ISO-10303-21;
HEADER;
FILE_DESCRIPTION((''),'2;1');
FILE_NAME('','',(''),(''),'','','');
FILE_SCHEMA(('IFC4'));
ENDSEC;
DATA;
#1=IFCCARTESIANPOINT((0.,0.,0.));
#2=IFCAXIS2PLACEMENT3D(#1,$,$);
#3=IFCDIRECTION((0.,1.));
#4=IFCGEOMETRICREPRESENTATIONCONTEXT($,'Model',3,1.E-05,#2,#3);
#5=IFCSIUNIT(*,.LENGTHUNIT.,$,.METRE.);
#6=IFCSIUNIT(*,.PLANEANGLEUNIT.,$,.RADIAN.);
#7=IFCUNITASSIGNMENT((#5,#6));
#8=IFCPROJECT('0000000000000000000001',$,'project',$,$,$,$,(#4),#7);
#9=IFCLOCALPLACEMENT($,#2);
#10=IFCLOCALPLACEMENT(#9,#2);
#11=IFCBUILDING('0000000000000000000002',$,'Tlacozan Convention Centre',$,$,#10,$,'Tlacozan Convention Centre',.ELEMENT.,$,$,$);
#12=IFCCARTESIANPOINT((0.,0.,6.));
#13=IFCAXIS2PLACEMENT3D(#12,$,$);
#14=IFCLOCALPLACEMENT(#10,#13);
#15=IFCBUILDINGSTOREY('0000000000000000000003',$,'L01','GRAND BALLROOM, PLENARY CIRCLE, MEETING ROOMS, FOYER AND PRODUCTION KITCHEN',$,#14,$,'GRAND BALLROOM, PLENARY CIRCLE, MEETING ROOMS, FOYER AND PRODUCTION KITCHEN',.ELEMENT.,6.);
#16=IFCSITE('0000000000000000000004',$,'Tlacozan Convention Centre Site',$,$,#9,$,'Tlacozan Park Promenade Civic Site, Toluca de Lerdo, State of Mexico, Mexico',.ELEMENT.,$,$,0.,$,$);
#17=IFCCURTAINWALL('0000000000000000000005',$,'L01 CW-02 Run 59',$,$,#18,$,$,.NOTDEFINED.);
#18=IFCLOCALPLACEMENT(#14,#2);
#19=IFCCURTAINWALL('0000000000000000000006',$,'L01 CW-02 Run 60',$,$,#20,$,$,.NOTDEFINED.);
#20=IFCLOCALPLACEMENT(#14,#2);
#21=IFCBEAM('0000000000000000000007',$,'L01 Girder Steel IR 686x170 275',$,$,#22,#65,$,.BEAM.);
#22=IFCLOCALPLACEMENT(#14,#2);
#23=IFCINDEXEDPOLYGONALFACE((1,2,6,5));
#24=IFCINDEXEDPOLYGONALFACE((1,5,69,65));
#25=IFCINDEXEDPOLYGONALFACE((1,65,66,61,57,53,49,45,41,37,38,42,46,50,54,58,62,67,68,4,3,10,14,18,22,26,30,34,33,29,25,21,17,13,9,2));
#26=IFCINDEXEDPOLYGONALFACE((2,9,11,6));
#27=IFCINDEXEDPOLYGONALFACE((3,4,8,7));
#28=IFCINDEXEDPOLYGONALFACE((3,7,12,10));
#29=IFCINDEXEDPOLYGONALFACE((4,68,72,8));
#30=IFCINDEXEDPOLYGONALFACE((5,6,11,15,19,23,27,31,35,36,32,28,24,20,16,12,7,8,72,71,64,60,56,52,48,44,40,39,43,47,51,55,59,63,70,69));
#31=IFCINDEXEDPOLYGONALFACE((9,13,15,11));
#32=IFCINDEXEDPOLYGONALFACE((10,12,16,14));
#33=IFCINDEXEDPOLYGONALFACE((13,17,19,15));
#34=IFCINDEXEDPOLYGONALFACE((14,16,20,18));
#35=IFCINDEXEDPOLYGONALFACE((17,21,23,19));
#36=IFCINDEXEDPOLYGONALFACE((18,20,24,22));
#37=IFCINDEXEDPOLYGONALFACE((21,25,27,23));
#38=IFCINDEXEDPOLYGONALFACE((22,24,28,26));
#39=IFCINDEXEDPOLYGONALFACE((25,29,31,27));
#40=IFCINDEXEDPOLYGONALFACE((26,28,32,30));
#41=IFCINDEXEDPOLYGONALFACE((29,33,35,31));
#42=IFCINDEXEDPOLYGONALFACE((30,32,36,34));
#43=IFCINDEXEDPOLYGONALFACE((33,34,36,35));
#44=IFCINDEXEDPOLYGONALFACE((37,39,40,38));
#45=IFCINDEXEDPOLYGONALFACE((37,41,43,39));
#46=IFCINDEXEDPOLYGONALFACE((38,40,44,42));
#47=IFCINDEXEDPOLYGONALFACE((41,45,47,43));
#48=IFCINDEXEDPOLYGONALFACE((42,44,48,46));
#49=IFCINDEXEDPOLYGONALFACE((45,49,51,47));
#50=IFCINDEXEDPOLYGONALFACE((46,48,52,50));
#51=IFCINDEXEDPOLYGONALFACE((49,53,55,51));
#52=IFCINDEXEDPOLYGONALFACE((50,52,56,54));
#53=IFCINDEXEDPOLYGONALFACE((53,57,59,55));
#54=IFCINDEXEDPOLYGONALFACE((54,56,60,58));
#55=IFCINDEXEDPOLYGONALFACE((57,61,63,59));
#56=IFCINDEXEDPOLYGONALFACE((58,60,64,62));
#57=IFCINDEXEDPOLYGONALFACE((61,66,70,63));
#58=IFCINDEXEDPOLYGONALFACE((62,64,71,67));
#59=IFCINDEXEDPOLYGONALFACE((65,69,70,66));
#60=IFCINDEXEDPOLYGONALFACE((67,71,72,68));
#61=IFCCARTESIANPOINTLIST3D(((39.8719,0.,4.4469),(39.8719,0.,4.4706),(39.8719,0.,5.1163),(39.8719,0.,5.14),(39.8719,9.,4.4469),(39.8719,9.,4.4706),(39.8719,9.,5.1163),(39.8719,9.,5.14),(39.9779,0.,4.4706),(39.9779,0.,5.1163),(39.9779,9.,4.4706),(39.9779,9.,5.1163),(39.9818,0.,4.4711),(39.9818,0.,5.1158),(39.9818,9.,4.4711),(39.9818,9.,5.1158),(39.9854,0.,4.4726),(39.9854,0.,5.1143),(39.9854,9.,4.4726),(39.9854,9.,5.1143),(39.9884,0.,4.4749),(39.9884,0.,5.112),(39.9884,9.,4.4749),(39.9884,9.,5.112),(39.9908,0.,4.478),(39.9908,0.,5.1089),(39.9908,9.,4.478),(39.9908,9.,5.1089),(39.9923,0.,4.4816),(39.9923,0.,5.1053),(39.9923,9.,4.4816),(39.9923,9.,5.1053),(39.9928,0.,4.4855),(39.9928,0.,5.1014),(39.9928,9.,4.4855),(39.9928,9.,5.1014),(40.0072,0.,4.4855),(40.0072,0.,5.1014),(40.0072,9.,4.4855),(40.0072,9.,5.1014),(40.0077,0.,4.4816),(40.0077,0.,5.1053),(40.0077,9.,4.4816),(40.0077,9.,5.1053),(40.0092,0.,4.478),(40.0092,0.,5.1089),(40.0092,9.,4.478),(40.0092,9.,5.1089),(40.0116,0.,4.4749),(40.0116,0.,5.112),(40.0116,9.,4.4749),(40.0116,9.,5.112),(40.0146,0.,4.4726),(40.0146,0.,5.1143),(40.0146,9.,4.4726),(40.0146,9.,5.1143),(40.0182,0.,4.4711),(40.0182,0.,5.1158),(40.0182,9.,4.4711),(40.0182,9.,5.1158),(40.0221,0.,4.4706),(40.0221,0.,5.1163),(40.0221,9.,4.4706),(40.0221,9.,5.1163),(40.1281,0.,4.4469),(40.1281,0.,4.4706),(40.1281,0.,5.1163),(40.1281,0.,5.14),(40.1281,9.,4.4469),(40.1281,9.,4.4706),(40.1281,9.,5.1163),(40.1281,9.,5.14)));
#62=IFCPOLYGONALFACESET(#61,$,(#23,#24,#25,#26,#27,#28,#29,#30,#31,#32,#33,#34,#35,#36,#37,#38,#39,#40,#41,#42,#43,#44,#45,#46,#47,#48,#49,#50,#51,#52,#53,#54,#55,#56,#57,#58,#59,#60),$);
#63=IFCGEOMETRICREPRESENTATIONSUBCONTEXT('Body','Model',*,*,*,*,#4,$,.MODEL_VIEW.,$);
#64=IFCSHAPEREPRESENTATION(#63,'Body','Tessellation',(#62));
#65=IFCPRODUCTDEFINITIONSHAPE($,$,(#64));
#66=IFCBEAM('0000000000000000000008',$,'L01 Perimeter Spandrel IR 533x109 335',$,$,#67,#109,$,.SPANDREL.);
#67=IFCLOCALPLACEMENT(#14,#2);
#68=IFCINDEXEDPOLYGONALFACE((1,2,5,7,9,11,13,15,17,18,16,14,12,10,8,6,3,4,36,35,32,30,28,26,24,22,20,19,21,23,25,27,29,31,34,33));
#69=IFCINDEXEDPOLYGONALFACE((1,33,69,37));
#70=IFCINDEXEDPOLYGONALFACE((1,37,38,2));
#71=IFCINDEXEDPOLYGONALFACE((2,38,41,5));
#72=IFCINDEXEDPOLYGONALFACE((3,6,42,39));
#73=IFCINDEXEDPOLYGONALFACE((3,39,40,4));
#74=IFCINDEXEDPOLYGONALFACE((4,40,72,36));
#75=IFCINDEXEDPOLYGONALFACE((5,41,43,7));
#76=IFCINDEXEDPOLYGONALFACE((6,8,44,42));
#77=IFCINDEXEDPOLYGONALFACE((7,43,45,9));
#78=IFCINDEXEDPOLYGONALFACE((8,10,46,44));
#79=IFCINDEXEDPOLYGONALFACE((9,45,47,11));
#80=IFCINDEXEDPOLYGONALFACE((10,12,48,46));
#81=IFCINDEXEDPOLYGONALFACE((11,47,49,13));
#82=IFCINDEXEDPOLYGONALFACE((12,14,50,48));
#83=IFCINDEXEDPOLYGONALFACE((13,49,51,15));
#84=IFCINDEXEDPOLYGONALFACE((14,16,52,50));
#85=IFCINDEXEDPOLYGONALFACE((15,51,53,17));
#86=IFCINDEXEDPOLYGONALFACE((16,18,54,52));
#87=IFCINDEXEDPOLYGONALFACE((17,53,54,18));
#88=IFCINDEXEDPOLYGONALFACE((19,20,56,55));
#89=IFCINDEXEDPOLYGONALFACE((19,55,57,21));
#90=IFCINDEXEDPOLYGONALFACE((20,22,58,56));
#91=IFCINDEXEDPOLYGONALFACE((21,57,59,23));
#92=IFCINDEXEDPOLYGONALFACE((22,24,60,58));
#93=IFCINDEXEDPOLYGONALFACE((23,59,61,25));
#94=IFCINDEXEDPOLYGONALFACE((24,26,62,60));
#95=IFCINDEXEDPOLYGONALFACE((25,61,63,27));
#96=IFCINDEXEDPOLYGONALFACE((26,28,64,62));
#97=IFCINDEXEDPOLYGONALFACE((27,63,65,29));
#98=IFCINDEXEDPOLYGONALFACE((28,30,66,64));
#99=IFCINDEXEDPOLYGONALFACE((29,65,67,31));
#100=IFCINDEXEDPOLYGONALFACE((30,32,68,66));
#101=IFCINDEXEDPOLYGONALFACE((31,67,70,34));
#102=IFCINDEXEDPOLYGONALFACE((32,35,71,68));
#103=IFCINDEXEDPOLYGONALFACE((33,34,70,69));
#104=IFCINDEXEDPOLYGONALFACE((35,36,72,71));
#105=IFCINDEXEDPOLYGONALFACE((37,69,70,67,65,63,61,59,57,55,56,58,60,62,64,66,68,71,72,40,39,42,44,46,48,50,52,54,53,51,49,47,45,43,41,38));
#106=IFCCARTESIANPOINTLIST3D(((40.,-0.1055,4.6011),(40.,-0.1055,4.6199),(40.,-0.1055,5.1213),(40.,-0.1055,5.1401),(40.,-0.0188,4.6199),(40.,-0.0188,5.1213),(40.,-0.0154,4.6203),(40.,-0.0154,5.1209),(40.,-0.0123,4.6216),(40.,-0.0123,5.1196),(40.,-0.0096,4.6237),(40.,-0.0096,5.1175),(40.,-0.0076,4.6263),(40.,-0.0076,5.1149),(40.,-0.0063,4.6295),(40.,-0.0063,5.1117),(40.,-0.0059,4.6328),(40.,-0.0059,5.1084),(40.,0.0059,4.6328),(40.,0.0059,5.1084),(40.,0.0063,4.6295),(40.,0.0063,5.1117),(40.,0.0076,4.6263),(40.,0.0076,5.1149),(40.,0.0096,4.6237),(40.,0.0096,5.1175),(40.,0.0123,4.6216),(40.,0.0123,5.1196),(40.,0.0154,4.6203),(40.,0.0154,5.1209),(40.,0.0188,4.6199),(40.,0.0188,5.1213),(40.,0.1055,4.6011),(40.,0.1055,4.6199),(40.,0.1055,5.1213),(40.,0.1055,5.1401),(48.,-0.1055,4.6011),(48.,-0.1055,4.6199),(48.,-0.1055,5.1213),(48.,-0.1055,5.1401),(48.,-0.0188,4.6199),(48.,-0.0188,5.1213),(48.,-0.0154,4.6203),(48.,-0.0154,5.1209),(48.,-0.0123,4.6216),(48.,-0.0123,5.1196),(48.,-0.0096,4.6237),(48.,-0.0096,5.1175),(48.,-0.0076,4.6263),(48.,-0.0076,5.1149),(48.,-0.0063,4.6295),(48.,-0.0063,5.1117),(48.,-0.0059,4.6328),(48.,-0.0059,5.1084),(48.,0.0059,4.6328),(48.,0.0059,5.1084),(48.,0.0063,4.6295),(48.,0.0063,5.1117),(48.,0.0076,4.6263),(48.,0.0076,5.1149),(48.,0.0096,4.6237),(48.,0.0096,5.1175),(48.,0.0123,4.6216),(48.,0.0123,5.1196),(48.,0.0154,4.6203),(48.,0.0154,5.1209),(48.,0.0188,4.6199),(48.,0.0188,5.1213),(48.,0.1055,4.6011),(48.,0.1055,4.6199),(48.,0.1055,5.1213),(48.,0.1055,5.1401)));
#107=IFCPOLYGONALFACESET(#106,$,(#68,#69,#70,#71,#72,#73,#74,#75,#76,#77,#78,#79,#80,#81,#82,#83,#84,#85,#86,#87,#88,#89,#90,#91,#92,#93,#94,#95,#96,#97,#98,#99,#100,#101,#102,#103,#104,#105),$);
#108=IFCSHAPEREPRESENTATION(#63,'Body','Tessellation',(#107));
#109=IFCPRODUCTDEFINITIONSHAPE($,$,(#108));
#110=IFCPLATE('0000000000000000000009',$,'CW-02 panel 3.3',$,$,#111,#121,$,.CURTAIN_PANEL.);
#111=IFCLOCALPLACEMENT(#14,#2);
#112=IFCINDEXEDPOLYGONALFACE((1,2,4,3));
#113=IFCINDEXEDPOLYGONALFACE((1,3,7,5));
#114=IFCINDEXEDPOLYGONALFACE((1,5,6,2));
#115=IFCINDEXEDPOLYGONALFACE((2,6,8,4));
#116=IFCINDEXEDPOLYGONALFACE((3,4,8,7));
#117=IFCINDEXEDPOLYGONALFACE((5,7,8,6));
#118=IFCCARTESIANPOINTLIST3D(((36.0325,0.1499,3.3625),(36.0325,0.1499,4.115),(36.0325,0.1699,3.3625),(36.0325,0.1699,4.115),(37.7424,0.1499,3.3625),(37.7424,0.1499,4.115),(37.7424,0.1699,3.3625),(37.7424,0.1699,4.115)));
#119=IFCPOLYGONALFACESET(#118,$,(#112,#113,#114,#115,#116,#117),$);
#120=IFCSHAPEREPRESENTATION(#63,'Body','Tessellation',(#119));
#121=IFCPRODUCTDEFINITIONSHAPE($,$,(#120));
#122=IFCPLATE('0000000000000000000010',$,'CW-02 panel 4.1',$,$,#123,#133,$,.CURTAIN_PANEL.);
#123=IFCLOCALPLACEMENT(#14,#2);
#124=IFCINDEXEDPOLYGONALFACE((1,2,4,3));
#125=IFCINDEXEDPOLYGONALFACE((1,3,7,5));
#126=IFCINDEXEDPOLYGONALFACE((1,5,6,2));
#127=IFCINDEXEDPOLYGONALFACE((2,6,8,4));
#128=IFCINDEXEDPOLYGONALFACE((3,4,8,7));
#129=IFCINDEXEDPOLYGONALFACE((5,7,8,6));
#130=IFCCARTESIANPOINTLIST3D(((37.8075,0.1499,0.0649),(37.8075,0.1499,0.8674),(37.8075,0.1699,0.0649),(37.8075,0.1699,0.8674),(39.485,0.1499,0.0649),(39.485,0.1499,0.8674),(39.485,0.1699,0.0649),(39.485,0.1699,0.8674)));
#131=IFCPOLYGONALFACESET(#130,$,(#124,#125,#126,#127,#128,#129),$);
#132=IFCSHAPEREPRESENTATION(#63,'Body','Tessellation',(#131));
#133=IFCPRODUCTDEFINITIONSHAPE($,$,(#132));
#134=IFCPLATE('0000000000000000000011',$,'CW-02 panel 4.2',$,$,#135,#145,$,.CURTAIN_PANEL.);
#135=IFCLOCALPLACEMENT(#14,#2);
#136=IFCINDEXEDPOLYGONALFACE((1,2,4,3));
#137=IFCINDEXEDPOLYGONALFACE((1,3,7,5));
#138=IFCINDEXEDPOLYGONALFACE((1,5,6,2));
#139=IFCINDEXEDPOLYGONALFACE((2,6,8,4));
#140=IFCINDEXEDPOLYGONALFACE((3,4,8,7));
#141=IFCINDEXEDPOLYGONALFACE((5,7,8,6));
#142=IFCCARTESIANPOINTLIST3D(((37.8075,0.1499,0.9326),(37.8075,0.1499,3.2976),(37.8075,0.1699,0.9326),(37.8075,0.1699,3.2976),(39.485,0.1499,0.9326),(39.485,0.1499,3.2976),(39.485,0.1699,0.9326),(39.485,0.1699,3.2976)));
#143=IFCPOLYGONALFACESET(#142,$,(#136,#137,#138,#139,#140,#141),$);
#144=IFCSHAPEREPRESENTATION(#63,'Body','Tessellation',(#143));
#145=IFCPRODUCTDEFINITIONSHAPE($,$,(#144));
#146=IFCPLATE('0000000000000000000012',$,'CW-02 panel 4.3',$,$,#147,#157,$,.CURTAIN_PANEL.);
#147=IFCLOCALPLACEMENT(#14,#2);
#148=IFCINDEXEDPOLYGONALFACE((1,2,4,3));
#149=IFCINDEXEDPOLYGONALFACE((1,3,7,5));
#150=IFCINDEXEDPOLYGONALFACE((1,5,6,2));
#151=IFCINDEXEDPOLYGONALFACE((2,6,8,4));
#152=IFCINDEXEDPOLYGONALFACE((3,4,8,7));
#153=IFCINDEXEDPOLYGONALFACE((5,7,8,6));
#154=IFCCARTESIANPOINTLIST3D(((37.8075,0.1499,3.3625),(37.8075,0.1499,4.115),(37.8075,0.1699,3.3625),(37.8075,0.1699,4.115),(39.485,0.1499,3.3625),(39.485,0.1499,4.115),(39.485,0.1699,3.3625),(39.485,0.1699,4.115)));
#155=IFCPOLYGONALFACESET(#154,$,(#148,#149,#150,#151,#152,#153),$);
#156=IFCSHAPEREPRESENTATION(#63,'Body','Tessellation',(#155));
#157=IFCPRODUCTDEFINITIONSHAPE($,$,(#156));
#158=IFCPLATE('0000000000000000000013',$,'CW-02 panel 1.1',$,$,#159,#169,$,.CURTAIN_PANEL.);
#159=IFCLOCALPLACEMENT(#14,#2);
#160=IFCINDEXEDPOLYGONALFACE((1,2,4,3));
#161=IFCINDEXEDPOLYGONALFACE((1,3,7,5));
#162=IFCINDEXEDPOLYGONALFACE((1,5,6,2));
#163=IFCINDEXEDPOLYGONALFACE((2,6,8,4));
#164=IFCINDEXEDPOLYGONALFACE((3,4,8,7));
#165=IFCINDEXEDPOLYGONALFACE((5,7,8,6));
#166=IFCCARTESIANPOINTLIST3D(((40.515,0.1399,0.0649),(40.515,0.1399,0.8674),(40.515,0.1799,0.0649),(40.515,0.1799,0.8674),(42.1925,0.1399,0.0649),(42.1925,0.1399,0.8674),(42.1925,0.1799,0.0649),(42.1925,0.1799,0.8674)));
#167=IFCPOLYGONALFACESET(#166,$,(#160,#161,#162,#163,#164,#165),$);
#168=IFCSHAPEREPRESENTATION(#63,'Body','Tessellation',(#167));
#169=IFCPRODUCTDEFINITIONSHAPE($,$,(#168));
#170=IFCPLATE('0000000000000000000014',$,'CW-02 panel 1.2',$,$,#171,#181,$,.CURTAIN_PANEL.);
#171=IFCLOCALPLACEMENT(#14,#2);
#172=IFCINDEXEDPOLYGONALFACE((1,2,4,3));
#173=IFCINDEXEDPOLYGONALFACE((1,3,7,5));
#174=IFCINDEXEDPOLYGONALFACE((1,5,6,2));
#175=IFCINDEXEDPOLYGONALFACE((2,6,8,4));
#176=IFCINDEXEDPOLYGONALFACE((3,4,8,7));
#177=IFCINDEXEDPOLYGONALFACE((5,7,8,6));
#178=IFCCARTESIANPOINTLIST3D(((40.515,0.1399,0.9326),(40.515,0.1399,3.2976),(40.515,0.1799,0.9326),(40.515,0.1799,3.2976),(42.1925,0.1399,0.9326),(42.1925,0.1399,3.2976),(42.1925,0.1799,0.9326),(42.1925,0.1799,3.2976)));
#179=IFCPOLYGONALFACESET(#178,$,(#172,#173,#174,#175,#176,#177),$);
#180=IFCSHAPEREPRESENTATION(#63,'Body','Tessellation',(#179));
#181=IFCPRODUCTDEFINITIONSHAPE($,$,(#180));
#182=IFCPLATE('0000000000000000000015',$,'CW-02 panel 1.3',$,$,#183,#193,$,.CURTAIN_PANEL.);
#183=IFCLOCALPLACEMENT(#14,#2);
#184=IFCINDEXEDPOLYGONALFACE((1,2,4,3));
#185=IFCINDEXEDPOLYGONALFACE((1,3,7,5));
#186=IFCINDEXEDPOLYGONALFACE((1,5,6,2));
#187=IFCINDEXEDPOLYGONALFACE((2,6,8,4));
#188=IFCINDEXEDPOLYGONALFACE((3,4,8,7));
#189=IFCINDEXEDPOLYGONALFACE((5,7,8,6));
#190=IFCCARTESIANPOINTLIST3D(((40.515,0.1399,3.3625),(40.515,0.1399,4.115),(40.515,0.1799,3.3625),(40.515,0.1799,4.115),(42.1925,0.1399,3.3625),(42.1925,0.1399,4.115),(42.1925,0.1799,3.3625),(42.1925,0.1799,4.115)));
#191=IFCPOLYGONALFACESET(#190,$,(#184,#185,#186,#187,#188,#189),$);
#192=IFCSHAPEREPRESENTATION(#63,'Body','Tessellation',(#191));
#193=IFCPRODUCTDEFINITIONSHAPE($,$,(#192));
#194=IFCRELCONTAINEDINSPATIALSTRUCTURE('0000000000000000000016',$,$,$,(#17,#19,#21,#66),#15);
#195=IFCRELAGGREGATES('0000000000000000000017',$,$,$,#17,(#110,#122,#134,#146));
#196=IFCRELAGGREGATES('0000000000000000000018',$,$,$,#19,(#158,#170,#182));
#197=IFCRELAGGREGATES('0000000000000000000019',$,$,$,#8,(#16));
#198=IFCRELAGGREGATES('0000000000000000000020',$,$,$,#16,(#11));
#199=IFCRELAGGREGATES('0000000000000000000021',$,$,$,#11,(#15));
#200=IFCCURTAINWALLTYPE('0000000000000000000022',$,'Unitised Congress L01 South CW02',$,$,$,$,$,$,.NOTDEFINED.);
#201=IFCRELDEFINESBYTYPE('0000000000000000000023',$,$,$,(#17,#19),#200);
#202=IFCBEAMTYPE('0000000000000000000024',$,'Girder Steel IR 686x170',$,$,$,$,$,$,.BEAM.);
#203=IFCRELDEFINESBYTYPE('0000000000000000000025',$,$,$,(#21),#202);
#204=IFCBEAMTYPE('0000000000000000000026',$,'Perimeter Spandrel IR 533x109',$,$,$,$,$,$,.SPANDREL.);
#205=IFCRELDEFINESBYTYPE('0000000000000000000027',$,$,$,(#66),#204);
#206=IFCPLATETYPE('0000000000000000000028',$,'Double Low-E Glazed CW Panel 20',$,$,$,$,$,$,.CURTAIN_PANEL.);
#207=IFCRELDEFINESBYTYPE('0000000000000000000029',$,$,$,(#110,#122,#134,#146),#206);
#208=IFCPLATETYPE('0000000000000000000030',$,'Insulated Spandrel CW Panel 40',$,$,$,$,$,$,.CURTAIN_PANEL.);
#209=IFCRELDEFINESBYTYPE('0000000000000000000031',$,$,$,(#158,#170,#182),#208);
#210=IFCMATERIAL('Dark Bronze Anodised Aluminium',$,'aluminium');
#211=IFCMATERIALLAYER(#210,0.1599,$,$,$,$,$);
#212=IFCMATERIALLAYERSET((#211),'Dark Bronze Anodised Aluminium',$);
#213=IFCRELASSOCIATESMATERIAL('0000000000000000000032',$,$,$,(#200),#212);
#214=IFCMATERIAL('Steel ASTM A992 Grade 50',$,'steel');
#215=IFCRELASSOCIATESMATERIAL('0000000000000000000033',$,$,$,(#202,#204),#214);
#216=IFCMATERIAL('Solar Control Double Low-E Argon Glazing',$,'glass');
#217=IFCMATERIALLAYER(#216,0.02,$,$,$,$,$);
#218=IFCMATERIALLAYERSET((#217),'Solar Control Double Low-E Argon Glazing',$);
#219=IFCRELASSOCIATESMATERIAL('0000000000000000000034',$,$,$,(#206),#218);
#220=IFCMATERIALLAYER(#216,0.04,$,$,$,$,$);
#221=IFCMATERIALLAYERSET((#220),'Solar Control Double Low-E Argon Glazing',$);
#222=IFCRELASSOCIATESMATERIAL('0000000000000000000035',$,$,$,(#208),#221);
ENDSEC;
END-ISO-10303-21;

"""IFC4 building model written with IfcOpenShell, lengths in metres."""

from ifc_helpers import new_model, si_unit, direction, frame, origin, origin_2d, place, context, subcontext, project, spatial, rectangle, i_section, extrude, material, layer, layer_set, material_profile, profile_set, type_object, element, aggregate, save


model = new_model("IFC4")

# Units and contexts
model_context = context("Model", 3, precision=1e-05, world=origin(), true_north=direction((0.0, 1.0)))
body_context = subcontext(model_context, "Body", "Model", "MODEL_VIEW")
ifc_project = project(units=[si_unit("LENGTHUNIT", "METRE"), si_unit("PLANEANGLEUNIT", "RADIAN")], contexts=[model_context])

# Site, building, storey
site_placement = place(None, origin())
site = spatial("IfcSite", under=ifc_project, at=site_placement, Name="Tlacozan Convention Centre Site", LongName="Tlacozan Park Promenade Civic Site, Toluca de Lerdo, State of Mexico, Mexico", CompositionType="ELEMENT", RefElevation=0.0)
building_placement = place(site_placement, origin())
building = spatial("IfcBuilding", under=site, at=building_placement, Name="Tlacozan Convention Centre", LongName="Tlacozan Convention Centre", CompositionType="ELEMENT")
storey_placement = place(building_placement, frame((0.0, 0.0, 6.0)))
storey = spatial("IfcBuildingStorey", under=building, at=storey_placement, Name="L01", Description="GRAND BALLROOM, PLENARY CIRCLE, MEETING ROOMS, FOYER AND PRODUCTION KITCHEN", LongName="GRAND BALLROOM, PLENARY CIRCLE, MEETING ROOMS, FOYER AND PRODUCTION KITCHEN", CompositionType="ELEMENT", Elevation=6.0)

# Curtain wall
ifc_material_1 = material(Name="Dark Bronze Anodised Aluminium", Category="aluminium")
ifc_layer_1 = layer(ifc_material_1, 0.1599)
ifc_layer_set_1 = layer_set([ifc_layer_1], Name="Dark Bronze Anodised Aluminium")
curtain_wall_type = type_object("IfcCurtainWallType", Name="Unitised Congress L01 South CW02", PredefinedType="NOTDEFINED", material=ifc_layer_set_1)
curtain_wall_1_placement = place(storey_placement, origin())
curtain_wall_1 = element("IfcCurtainWall", 1, at=curtain_wall_1_placement, inside=storey, type_object=curtain_wall_type, Name="L01 CW-02 Run 59", PredefinedType="NOTDEFINED")

# Curtain wall
curtain_wall_2_placement = place(storey_placement, origin())
curtain_wall_2 = element("IfcCurtainWall", 2, at=curtain_wall_2_placement, inside=storey, type_object=curtain_wall_type, Name="L01 CW-02 Run 60", PredefinedType="NOTDEFINED")

# Beams
ifc_material_2 = material(Name="Steel ASTM A992 Grade 50", Category="steel")
ifc_material_profile_1 = material_profile(ifc_material_2, i_section(OverallWidth=0.2561, OverallDepth=0.6931, WebThickness=0.0144, FlangeThickness=0.0237, FilletRadius=0.0149, at=origin_2d()), Name="IR 686x170.0")
ifc_profile_set_1 = profile_set([ifc_material_profile_1], Name="Steel ASTM A992 Grade 50")
beam_type_1 = type_object("IfcBeamType", Name="Girder Steel IR 686x170", PredefinedType="BEAM", material=ifc_profile_set_1)
beam_1_placement = place(storey_placement, frame((40.0, 0.0, 4.7935), z_axis=(0.0, 1.0, 0.0), x_axis=(-1.0, 0.0, 0.0)))
element("IfcBeam", 3, at=beam_1_placement, inside=storey, type_object=beam_type_1, Name="L01 Girder Steel IR 686x170 275", PredefinedType="BEAM", context=body_context, shape_type="SweptSolid", body=[
    extrude(i_section(OverallWidth=0.2561, OverallDepth=0.6931, WebThickness=0.0144, FlangeThickness=0.0237, FilletRadius=0.0149, at=origin_2d()), origin(), (0.0, 0.0, 1.0), 9.0),
])
ifc_material_profile_2 = material_profile(ifc_material_2, i_section(OverallWidth=0.2109, OverallDepth=0.5391, WebThickness=0.0117, FlangeThickness=0.0188, FilletRadius=0.0129, at=origin_2d()), Name="IR 533x109.0")
ifc_profile_set_2 = profile_set([ifc_material_profile_2], Name="Steel ASTM A992 Grade 50")
beam_type_2 = type_object("IfcBeamType", Name="Perimeter Spandrel IR 533x109", PredefinedType="SPANDREL", material=ifc_profile_set_2)
beam_2_placement = place(storey_placement, frame((40.0, 0.0, 4.8706), z_axis=(1.0, 0.0, 0.0), x_axis=(0.0, 1.0, 0.0)))
element("IfcBeam", 4, at=beam_2_placement, inside=storey, type_object=beam_type_2, Name="L01 Perimeter Spandrel IR 533x109 335", PredefinedType="SPANDREL", context=body_context, shape_type="SweptSolid", body=[
    extrude(i_section(OverallWidth=0.2109, OverallDepth=0.5391, WebThickness=0.0117, FlangeThickness=0.0188, FilletRadius=0.0129, at=origin_2d()), origin(), (0.0, 0.0, 1.0), 8.0),
])

# Plates
ifc_material_3 = material(Name="Solar Control Double Low-E Argon Glazing", Category="glass")
ifc_layer_2 = layer(ifc_material_3, 0.02)
ifc_layer_set_2 = layer_set([ifc_layer_2], Name="Solar Control Double Low-E Argon Glazing")
plate_type_1 = type_object("IfcPlateType", Name="Double Low-E Glazed CW Panel 20", PredefinedType="CURTAIN_PANEL", material=ifc_layer_set_2)
plate_1_placement = place(storey_placement, frame((36.8875, 0.1599, 3.3625), z_axis=(0.0, 0.0, 1.0), x_axis=(1.0, 0.0, 0.0)))
plate_1 = element("IfcPlate", 5, at=plate_1_placement, type_object=plate_type_1, Name="CW-02 panel 3.3", PredefinedType="CURTAIN_PANEL", context=body_context, shape_type="SweptSolid", body=[
    extrude(rectangle(XDim=1.71, YDim=0.02, at=origin_2d()), origin(), (0.0, 0.0, 1.0), 0.7524),
])
plate_2_placement = place(storey_placement, frame((38.6462, 0.1599, 0.0649), z_axis=(0.0, 0.0, 1.0), x_axis=(1.0, 0.0, 0.0)))
plate_2 = element("IfcPlate", 6, at=plate_2_placement, type_object=plate_type_1, Name="CW-02 panel 4.1", PredefinedType="CURTAIN_PANEL", context=body_context, shape_type="SweptSolid", body=[
    extrude(rectangle(XDim=1.6775, YDim=0.02, at=origin_2d()), origin(), (0.0, 0.0, 1.0), 0.8025),
])
plate_3_placement = place(storey_placement, frame((38.6462, 0.1599, 0.9326), z_axis=(0.0, 0.0, 1.0), x_axis=(1.0, 0.0, 0.0)))
plate_3 = element("IfcPlate", 7, at=plate_3_placement, type_object=plate_type_1, Name="CW-02 panel 4.2", PredefinedType="CURTAIN_PANEL", context=body_context, shape_type="SweptSolid", body=[
    extrude(rectangle(XDim=1.6775, YDim=0.02, at=origin_2d()), origin(), (0.0, 0.0, 1.0), 2.365),
])
plate_4_placement = place(storey_placement, frame((38.6462, 0.1599, 3.3625), z_axis=(0.0, 0.0, 1.0), x_axis=(1.0, 0.0, 0.0)))
plate_4 = element("IfcPlate", 8, at=plate_4_placement, type_object=plate_type_1, Name="CW-02 panel 4.3", PredefinedType="CURTAIN_PANEL", context=body_context, shape_type="SweptSolid", body=[
    extrude(rectangle(XDim=1.6775, YDim=0.02, at=origin_2d()), origin(), (0.0, 0.0, 1.0), 0.7524),
])
aggregate(curtain_wall_1, [plate_1, plate_2, plate_3, plate_4])
ifc_layer_3 = layer(ifc_material_3, 0.04)
ifc_layer_set_3 = layer_set([ifc_layer_3], Name="Solar Control Double Low-E Argon Glazing")
plate_type_2 = type_object("IfcPlateType", Name="Insulated Spandrel CW Panel 40", PredefinedType="CURTAIN_PANEL", material=ifc_layer_set_3)
plate_5_placement = place(storey_placement, frame((41.3538, 0.1599, 0.0649), z_axis=(0.0, 0.0, 1.0), x_axis=(1.0, 0.0, 0.0)))
plate_5 = element("IfcPlate", 9, at=plate_5_placement, type_object=plate_type_2, Name="CW-02 panel 1.1", PredefinedType="CURTAIN_PANEL", context=body_context, shape_type="SweptSolid", body=[
    extrude(rectangle(XDim=1.6775, YDim=0.04, at=origin_2d()), origin(), (0.0, 0.0, 1.0), 0.8025),
])
plate_6_placement = place(storey_placement, frame((41.3538, 0.1599, 0.9326), z_axis=(0.0, 0.0, 1.0), x_axis=(1.0, 0.0, 0.0)))
plate_6 = element("IfcPlate", 10, at=plate_6_placement, type_object=plate_type_2, Name="CW-02 panel 1.2", PredefinedType="CURTAIN_PANEL", context=body_context, shape_type="SweptSolid", body=[
    extrude(rectangle(XDim=1.6775, YDim=0.04, at=origin_2d()), origin(), (0.0, 0.0, 1.0), 2.365),
])
plate_7_placement = place(storey_placement, frame((41.3538, 0.1599, 3.3625), z_axis=(0.0, 0.0, 1.0), x_axis=(1.0, 0.0, 0.0)))
plate_7 = element("IfcPlate", 11, at=plate_7_placement, type_object=plate_type_2, Name="CW-02 panel 1.3", PredefinedType="CURTAIN_PANEL", context=body_context, shape_type="SweptSolid", body=[
    extrude(rectangle(XDim=1.6775, YDim=0.04, at=origin_2d()), origin(), (0.0, 0.0, 1.0), 0.7524),
])
aggregate(curtain_wall_2, [plate_5, plate_6, plate_7])

save(model, "model.ifc")
